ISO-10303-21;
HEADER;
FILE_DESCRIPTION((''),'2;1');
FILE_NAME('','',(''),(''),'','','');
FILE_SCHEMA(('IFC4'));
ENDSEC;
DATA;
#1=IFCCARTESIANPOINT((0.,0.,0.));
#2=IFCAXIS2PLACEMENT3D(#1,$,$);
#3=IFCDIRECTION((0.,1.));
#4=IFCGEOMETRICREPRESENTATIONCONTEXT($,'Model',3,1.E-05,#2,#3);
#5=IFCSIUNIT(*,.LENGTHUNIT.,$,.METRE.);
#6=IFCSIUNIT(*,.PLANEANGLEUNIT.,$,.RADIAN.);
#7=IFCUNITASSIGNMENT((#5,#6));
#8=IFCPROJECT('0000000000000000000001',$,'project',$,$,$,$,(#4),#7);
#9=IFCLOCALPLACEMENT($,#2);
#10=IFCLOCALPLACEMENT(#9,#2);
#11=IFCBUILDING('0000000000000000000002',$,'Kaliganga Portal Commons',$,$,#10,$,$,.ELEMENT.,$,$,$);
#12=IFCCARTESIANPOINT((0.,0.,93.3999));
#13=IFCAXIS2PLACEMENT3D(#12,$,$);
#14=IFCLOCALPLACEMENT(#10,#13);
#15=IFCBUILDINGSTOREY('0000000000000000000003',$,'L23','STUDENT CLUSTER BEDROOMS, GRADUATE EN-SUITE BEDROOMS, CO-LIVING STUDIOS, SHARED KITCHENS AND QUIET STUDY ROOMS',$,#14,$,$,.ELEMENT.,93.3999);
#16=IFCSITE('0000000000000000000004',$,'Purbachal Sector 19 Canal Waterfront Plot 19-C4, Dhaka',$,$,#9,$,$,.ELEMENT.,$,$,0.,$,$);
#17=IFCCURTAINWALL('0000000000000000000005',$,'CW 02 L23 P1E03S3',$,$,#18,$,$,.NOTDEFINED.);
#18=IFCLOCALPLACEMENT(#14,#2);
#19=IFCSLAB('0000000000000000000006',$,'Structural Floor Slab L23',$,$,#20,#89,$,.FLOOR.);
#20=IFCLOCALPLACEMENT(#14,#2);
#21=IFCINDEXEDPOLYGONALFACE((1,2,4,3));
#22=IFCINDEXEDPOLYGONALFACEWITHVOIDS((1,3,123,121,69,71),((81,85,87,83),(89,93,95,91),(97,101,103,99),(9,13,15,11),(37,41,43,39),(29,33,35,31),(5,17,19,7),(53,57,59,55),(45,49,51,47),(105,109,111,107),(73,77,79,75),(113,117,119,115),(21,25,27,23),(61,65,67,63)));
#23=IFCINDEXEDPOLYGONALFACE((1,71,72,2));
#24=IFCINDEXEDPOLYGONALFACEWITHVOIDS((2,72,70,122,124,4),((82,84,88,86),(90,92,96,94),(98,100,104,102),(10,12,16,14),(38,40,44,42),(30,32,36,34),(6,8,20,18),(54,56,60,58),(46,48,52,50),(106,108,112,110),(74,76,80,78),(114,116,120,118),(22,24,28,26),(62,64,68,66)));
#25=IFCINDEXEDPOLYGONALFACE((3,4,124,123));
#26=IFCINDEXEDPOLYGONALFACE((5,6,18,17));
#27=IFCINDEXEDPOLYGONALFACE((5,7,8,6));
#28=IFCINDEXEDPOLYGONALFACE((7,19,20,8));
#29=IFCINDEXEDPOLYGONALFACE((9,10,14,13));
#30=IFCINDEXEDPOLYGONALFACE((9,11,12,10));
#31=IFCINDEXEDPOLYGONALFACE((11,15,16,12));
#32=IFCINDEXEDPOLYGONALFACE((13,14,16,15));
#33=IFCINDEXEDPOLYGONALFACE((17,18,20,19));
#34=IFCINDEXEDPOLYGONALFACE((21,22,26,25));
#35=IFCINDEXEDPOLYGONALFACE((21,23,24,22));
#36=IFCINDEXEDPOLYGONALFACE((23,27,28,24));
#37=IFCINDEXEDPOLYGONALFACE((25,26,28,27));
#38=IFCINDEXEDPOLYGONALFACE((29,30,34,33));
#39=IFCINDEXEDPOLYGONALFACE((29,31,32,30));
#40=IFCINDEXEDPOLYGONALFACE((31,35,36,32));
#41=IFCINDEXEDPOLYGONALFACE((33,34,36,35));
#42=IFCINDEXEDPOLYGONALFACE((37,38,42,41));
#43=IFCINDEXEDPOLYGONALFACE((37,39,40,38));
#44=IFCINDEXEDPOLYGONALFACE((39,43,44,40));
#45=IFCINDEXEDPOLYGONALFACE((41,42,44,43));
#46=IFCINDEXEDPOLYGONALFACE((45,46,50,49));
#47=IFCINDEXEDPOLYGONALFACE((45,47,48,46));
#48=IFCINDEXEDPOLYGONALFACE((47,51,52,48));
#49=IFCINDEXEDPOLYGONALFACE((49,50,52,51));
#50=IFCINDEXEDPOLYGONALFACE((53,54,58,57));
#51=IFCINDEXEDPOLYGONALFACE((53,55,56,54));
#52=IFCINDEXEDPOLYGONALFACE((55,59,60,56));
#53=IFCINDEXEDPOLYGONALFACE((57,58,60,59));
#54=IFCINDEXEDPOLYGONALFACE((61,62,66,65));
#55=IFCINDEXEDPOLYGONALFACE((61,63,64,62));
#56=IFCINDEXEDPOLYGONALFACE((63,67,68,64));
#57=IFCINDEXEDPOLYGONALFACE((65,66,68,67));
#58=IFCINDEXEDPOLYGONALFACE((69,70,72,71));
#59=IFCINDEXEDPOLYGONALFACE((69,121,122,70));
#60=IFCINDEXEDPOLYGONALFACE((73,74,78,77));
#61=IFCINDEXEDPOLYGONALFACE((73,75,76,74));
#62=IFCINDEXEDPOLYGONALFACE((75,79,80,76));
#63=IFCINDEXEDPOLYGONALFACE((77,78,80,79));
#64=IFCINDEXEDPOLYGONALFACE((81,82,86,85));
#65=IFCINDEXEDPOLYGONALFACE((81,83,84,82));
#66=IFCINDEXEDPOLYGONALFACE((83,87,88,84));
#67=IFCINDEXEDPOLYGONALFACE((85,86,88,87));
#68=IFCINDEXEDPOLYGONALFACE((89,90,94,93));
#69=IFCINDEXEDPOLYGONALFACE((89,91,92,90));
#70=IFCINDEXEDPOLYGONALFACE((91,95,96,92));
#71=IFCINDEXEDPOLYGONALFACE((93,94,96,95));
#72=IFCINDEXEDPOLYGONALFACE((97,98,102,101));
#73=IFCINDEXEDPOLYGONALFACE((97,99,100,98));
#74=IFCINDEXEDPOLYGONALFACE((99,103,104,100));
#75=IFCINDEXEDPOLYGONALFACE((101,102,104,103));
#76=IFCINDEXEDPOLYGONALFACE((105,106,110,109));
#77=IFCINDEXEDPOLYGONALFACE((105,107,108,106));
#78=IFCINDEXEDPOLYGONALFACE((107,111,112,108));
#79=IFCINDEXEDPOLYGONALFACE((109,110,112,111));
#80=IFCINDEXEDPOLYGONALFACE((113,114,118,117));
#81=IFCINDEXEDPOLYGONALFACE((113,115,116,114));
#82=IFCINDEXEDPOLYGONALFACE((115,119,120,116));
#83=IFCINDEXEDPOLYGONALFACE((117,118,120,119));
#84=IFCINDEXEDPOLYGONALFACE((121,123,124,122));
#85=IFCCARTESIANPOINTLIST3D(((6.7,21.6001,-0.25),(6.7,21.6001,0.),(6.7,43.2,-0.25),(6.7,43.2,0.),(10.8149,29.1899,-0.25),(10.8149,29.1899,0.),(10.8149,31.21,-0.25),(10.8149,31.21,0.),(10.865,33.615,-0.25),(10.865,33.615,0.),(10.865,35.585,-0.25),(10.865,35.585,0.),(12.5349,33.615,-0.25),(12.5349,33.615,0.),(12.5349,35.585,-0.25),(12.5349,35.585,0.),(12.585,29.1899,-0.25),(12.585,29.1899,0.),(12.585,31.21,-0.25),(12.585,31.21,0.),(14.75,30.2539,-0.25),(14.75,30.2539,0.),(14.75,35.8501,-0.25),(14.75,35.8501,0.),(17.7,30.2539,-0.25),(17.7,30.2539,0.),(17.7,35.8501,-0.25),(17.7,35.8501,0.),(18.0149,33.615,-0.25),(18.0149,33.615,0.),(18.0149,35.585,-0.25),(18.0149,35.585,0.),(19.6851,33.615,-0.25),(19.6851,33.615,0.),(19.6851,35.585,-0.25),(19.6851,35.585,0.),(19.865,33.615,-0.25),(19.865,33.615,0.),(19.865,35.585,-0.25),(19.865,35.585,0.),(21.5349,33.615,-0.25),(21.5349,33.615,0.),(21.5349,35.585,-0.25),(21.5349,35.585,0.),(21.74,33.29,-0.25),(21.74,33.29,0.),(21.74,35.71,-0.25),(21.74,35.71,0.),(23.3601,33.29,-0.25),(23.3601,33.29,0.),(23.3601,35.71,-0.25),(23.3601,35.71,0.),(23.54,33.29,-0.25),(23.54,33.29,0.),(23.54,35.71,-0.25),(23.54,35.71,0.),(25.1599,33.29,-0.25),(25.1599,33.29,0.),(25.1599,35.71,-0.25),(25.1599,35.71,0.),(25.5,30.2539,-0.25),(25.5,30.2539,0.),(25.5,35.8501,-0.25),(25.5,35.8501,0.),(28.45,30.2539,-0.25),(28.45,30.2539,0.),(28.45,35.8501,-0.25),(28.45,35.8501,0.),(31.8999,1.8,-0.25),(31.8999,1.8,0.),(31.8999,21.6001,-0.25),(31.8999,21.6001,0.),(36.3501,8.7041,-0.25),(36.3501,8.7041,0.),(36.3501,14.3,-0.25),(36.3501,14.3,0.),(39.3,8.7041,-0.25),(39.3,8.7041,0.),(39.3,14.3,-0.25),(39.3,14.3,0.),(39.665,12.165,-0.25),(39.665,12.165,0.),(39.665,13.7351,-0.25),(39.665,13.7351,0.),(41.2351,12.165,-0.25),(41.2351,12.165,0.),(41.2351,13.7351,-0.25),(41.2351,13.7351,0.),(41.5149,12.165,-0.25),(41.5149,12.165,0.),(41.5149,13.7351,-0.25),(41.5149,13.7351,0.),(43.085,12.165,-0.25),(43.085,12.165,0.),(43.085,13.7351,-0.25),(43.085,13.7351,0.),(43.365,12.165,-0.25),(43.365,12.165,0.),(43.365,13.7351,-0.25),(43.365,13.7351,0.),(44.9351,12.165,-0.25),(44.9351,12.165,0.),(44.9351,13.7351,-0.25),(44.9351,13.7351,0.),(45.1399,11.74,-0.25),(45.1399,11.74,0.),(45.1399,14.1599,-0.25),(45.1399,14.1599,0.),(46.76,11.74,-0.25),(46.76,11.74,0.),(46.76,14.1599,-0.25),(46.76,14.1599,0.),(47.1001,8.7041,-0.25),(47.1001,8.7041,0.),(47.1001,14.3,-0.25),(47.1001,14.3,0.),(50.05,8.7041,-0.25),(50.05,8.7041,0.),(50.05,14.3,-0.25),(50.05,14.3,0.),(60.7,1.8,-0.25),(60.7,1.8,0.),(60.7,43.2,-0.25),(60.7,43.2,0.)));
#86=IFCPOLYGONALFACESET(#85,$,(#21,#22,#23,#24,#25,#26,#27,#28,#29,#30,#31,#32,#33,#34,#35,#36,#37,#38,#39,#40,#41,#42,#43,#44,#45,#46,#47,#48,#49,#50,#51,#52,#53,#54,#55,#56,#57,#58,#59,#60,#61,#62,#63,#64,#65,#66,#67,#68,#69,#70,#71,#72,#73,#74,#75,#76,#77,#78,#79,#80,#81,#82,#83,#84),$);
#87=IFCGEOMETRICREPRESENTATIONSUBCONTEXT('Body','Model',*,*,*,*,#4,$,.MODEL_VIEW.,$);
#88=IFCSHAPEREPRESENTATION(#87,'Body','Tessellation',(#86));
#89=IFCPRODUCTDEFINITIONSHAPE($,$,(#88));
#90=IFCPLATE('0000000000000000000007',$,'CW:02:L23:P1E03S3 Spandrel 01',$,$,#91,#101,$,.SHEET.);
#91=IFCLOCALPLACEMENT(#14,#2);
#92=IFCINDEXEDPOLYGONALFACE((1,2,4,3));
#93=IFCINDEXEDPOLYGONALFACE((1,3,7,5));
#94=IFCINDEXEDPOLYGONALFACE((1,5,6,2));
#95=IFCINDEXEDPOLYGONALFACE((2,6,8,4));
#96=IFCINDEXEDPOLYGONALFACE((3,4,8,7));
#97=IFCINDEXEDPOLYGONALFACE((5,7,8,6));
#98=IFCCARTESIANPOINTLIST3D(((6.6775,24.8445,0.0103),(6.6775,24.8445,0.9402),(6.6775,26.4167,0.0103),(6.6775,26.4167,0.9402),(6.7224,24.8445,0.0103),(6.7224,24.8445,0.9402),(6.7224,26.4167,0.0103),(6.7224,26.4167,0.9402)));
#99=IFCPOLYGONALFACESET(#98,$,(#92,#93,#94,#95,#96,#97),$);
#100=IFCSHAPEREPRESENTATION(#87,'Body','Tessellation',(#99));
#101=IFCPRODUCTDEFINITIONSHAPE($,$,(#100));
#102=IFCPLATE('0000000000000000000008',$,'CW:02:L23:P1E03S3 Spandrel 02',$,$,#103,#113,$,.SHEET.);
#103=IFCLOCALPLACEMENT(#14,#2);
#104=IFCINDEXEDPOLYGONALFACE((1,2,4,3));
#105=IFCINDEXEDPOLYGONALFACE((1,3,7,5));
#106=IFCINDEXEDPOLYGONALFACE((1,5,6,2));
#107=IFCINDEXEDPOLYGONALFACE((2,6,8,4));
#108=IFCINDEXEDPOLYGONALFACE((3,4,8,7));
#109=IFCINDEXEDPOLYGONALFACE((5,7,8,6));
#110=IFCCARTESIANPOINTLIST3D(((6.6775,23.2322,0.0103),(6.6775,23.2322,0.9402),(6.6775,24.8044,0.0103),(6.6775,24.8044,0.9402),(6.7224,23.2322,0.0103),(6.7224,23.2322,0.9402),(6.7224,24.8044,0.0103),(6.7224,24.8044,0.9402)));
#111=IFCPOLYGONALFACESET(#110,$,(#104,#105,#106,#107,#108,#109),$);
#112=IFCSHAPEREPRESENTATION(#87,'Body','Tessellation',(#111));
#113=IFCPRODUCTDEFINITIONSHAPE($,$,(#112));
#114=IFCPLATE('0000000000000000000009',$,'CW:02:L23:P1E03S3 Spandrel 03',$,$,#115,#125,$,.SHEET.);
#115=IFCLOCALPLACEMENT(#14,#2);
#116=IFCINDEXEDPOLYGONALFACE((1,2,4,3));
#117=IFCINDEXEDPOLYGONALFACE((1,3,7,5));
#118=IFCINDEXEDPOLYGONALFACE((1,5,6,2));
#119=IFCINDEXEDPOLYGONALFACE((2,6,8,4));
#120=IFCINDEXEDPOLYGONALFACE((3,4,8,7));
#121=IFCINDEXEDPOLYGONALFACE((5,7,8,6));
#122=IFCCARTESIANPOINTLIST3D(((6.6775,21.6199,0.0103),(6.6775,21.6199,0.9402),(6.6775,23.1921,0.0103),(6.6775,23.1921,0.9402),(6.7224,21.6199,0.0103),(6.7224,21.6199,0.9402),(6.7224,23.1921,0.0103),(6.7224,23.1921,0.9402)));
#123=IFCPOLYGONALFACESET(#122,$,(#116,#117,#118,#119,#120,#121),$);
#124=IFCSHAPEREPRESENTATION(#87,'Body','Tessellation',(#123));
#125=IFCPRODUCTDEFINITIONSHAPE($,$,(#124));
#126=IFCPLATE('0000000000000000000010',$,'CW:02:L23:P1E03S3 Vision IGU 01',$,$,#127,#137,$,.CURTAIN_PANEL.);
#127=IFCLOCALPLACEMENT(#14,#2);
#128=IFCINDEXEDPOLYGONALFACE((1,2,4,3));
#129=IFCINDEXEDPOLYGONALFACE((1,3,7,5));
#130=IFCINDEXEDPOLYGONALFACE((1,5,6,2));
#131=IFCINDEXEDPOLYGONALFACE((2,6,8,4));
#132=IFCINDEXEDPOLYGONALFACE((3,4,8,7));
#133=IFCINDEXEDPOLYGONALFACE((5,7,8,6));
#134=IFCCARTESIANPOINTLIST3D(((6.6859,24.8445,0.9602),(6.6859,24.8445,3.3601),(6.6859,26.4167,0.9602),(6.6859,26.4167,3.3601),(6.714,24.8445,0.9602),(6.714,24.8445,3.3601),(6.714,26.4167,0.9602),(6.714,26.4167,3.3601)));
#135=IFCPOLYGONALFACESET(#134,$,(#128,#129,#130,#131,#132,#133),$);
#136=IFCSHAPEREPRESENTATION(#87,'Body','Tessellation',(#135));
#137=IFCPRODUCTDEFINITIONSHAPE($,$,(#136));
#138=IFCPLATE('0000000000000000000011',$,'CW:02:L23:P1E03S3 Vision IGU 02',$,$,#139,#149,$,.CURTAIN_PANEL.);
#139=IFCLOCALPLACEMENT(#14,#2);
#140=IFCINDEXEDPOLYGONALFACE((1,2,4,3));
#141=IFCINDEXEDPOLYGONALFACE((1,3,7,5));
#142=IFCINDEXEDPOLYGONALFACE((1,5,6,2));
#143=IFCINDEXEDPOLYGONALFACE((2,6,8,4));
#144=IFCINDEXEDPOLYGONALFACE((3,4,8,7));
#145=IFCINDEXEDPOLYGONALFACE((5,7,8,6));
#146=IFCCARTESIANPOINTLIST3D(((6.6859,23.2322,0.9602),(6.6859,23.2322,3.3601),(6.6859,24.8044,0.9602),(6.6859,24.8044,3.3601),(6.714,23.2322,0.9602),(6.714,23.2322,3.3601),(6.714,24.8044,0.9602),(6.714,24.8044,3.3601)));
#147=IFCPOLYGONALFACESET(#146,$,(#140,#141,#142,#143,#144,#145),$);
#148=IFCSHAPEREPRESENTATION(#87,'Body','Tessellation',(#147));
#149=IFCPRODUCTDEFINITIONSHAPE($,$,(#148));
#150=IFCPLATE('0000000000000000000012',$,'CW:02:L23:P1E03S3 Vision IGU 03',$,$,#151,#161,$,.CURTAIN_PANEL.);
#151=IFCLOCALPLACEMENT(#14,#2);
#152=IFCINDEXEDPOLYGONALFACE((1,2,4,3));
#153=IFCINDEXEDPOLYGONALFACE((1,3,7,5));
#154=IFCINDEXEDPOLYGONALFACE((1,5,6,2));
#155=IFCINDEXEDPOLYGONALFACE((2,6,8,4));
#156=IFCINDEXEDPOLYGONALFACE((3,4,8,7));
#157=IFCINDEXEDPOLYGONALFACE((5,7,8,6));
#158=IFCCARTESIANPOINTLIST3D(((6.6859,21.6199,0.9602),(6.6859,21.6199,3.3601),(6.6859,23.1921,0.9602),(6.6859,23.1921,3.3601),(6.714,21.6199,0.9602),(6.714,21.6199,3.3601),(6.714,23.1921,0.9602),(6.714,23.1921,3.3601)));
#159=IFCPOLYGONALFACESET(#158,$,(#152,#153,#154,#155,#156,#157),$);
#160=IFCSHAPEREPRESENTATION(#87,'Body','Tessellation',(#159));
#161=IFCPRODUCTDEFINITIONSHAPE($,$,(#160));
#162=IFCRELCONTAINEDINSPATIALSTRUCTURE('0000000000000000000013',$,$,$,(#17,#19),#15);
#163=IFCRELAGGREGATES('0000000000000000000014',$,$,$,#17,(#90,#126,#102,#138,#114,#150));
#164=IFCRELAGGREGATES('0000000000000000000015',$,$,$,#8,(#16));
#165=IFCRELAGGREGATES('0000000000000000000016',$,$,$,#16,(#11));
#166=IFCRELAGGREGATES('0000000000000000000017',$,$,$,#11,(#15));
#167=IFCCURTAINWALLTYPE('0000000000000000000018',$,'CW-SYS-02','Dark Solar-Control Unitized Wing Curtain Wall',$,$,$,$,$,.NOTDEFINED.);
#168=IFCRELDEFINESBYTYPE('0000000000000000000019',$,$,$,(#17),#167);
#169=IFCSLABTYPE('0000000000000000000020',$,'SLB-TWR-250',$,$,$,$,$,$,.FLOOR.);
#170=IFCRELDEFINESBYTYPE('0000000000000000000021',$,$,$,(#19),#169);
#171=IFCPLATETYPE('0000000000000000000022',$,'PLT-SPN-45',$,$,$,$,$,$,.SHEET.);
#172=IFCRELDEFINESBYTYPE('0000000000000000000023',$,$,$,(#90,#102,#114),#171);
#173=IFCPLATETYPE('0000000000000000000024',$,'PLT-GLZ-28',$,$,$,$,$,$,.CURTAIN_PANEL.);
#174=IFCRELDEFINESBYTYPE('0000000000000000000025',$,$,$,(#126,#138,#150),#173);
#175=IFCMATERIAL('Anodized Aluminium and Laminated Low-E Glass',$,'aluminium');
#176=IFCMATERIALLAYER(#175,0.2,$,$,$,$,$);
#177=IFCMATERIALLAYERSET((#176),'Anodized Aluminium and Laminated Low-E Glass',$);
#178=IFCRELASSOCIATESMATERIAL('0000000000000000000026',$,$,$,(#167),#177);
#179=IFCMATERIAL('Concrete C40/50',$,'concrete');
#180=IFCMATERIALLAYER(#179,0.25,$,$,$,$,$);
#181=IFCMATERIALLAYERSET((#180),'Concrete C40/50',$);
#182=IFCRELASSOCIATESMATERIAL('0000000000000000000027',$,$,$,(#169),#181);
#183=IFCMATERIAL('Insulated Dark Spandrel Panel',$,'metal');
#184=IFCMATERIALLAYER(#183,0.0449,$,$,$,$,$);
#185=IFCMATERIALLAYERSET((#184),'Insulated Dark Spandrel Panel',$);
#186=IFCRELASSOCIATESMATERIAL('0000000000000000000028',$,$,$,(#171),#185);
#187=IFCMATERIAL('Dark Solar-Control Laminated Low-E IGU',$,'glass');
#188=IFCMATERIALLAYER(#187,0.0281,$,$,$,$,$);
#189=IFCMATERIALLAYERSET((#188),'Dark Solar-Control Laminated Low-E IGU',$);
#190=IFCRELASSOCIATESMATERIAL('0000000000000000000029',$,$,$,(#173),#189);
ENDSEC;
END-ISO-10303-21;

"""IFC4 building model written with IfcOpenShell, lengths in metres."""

from ifc_helpers import new_model, si_unit, direction, frame, origin, origin_2d, place, context, subcontext, project, spatial, polyline, rectangle, outline, extrude, source, transform, mapped, material, layer, layer_set, type_object, element, aggregate, save


model = new_model("IFC4")

# Units and contexts
model_context = context("Model", 3, precision=1e-05, world=origin(), true_north=direction((0.0, 1.0)))
body_context = subcontext(model_context, "Body", "Model", "MODEL_VIEW")
ifc_project = project(units=[si_unit("LENGTHUNIT", "METRE"), si_unit("PLANEANGLEUNIT", "RADIAN")], contexts=[model_context])

# Site, building, storey
site_placement = place(None, origin())
site = spatial("IfcSite", under=ifc_project, at=site_placement, Name="Purbachal Sector 19 Canal Waterfront Plot 19-C4, Dhaka", CompositionType="ELEMENT", RefElevation=0.0)
building_placement = place(site_placement, origin())
building = spatial("IfcBuilding", under=site, at=building_placement, Name="Kaliganga Portal Commons", CompositionType="ELEMENT")
storey_placement = place(building_placement, frame((0.0, 0.0, 93.3999)))
storey = spatial("IfcBuildingStorey", under=building, at=storey_placement, Name="L23", Description="STUDENT CLUSTER BEDROOMS, GRADUATE EN-SUITE BEDROOMS, CO-LIVING STUDIOS, SHARED KITCHENS AND QUIET STUDY ROOMS", CompositionType="ELEMENT", Elevation=93.3999)

# Curtain wall
ifc_material_1 = material(Name="Anodized Aluminium and Laminated Low-E Glass", Category="aluminium")
ifc_layer_1 = layer(ifc_material_1, 0.2)
ifc_layer_set_1 = layer_set([ifc_layer_1], Name="Anodized Aluminium and Laminated Low-E Glass")
curtain_wall_type = type_object("IfcCurtainWallType", Name="CW-SYS-02", Description="Dark Solar-Control Unitized Wing Curtain Wall", PredefinedType="NOTDEFINED", material=ifc_layer_set_1)
curtain_wall_placement = place(storey_placement, origin())
curtain_wall = element("IfcCurtainWall", 1, at=curtain_wall_placement, inside=storey, type_object=curtain_wall_type, Name="CW 02 L23 P1E03S3", PredefinedType="NOTDEFINED")

# Shared definitions
ifc_material_2 = material(Name="Concrete C40/50", Category="concrete")

# Slab
ifc_layer_2 = layer(ifc_material_2, 0.25)
ifc_layer_set_2 = layer_set([ifc_layer_2], Name="Concrete C40/50")
slab_type_1 = type_object("IfcSlabType", Name="SLB-TWR-250", PredefinedType="FLOOR", material=ifc_layer_set_2)
slab_1_placement = place(storey_placement, frame((0.0, 0.0, -0.25)))
element("IfcSlab", 2, at=slab_1_placement, inside=storey, type_object=slab_type_1, Name="Structural Floor Slab L23", PredefinedType="FLOOR", context=body_context, shape_type="SweptSolid", body=[
    extrude(outline(polyline([(31.8999, 1.8), (60.7, 1.8), (60.7, 43.2), (6.7, 43.2), (6.7, 21.6001), (31.8999, 21.6001), (31.8999, 1.8)]), holes=[polyline([(14.75, 30.2539), (14.75, 35.8501), (17.7, 35.8501), (17.7, 30.2539), (14.75, 30.2539)]), polyline([(25.5, 30.2539), (25.5, 35.8501), (28.45, 35.8501), (28.45, 30.2539), (25.5, 30.2539)]), polyline([(36.3501, 8.7041), (36.3501, 14.3), (39.3, 14.3), (39.3, 8.7041), (36.3501, 8.7041)]), polyline([(47.1001, 8.7041), (47.1001, 14.3), (50.05, 14.3), (50.05, 8.7041), (47.1001, 8.7041)]), polyline([(18.0149, 33.615), (18.0149, 35.585), (19.6851, 35.585), (19.6851, 33.615), (18.0149, 33.615)]), polyline([(19.865, 33.615), (19.865, 35.585), (21.5349, 35.585), (21.5349, 33.615), (19.865, 33.615)]), polyline([(10.8149, 29.1899), (10.8149, 31.21), (12.585, 31.21), (12.585, 29.1899), (10.8149, 29.1899)]), polyline([(10.865, 33.615), (10.865, 35.585), (12.5349, 35.585), (12.5349, 33.615), (10.865, 33.615)]), polyline([(21.74, 33.29), (21.74, 35.71), (23.3601, 35.71), (23.3601, 33.29), (21.74, 33.29)]), polyline([(23.54, 33.29), (23.54, 35.71), (25.1599, 35.71), (25.1599, 33.29), (23.54, 33.29)]), polyline([(39.665, 12.165), (39.665, 13.7351), (41.2351, 13.7351), (41.2351, 12.165), (39.665, 12.165)]), polyline([(41.5149, 12.165), (41.5149, 13.7351), (43.085, 13.7351), (43.085, 12.165), (41.5149, 12.165)]), polyline([(43.365, 12.165), (43.365, 13.7351), (44.9351, 13.7351), (44.9351, 12.165), (43.365, 12.165)]), polyline([(45.1399, 11.74), (45.1399, 14.1599), (46.76, 14.1599), (46.76, 11.74), (45.1399, 11.74)])]), origin(), (0.0, 0.0, 1.0), 0.25),
])

# Plates
ifc_material_3 = material(Name="Insulated Dark Spandrel Panel", Category="metal")
ifc_layer_3 = layer(ifc_material_3, 0.0449)
ifc_layer_set_3 = layer_set([ifc_layer_3], Name="Insulated Dark Spandrel Panel")
plate_type_1 = type_object("IfcPlateType", Name="PLT-SPN-45", PredefinedType="SHEET", material=ifc_layer_set_3)
shared_shape_1 = source(origin(), body_context, "Body", "SweptSolid", [
    extrude(rectangle(XDim=1.5723, YDim=0.0449, at=origin_2d()), origin(), (0.0, 0.0, 1.0), 0.9299),
])
plate_1_placement = place(storey_placement, frame((6.7, 25.6306, 0.0103), z_axis=(0.0, 0.0, 1.0), x_axis=(0.0, -1.0, 0.0)))
plate_1 = element("IfcPlate", 3, at=plate_1_placement, type_object=plate_type_1, Name="CW:02:L23:P1E03S3 Spandrel 01", PredefinedType="SHEET", context=body_context, shape_type="MappedRepresentation", body=[
    mapped(shared_shape_1, transform((0.0, 0.0, 0.0), x_axis=(1.0, 0.0, 0.0), y_axis=(0.0, 1.0, 0.0), z_axis=(0.0, 0.0, 1.0), scale=1.0)),
])
plate_2_placement = place(storey_placement, frame((6.7, 24.0183, 0.0103), z_axis=(0.0, 0.0, 1.0), x_axis=(0.0, -1.0, 0.0)))
plate_2 = element("IfcPlate", 4, at=plate_2_placement, type_object=plate_type_1, Name="CW:02:L23:P1E03S3 Spandrel 02", PredefinedType="SHEET", context=body_context, shape_type="MappedRepresentation", body=[
    mapped(shared_shape_1, transform((0.0, 0.0, 0.0), x_axis=(1.0, 0.0, 0.0), y_axis=(0.0, 1.0, 0.0), z_axis=(0.0, 0.0, 1.0), scale=1.0)),
])
plate_3_placement = place(storey_placement, frame((6.7, 22.406, 0.0103), z_axis=(0.0, 0.0, 1.0), x_axis=(0.0, -1.0, 0.0)))
plate_3 = element("IfcPlate", 5, at=plate_3_placement, type_object=plate_type_1, Name="CW:02:L23:P1E03S3 Spandrel 03", PredefinedType="SHEET", context=body_context, shape_type="MappedRepresentation", body=[
    mapped(shared_shape_1, transform((0.0, 0.0, 0.0), x_axis=(1.0, 0.0, 0.0), y_axis=(0.0, 1.0, 0.0), z_axis=(0.0, 0.0, 1.0), scale=1.0)),
])
ifc_material_4 = material(Name="Dark Solar-Control Laminated Low-E IGU", Category="glass")
ifc_layer_4 = layer(ifc_material_4, 0.0281)
ifc_layer_set_4 = layer_set([ifc_layer_4], Name="Dark Solar-Control Laminated Low-E IGU")
plate_type_2 = type_object("IfcPlateType", Name="PLT-GLZ-28", PredefinedType="CURTAIN_PANEL", material=ifc_layer_set_4)
shared_shape_2 = source(origin(), body_context, "Body", "SweptSolid", [
    extrude(rectangle(XDim=1.5723, YDim=0.0281, at=origin_2d()), origin(), (0.0, 0.0, 1.0), 2.3999),
])
plate_4_placement = place(storey_placement, frame((6.7, 25.6306, 0.9602), z_axis=(0.0, 0.0, 1.0), x_axis=(0.0, -1.0, 0.0)))
plate_4 = element("IfcPlate", 6, at=plate_4_placement, type_object=plate_type_2, Name="CW:02:L23:P1E03S3 Vision IGU 01", PredefinedType="CURTAIN_PANEL", context=body_context, shape_type="MappedRepresentation", body=[
    mapped(shared_shape_2, transform((0.0, 0.0, 0.0), x_axis=(1.0, 0.0, 0.0), y_axis=(0.0, 1.0, 0.0), z_axis=(0.0, 0.0, 1.0), scale=1.0)),
])
plate_5_placement = place(storey_placement, frame((6.7, 24.0183, 0.9602), z_axis=(0.0, 0.0, 1.0), x_axis=(0.0, -1.0, 0.0)))
plate_5 = element("IfcPlate", 7, at=plate_5_placement, type_object=plate_type_2, Name="CW:02:L23:P1E03S3 Vision IGU 02", PredefinedType="CURTAIN_PANEL", context=body_context, shape_type="MappedRepresentation", body=[
    mapped(shared_shape_2, transform((0.0, 0.0, 0.0), x_axis=(1.0, 0.0, 0.0), y_axis=(0.0, 1.0, 0.0), z_axis=(0.0, 0.0, 1.0), scale=1.0)),
])
plate_6_placement = place(storey_placement, frame((6.7, 22.406, 0.9602), z_axis=(0.0, 0.0, 1.0), x_axis=(0.0, -1.0, 0.0)))
plate_6 = element("IfcPlate", 8, at=plate_6_placement, type_object=plate_type_2, Name="CW:02:L23:P1E03S3 Vision IGU 03", PredefinedType="CURTAIN_PANEL", context=body_context, shape_type="MappedRepresentation", body=[
    mapped(shared_shape_2, transform((0.0, 0.0, 0.0), x_axis=(1.0, 0.0, 0.0), y_axis=(0.0, 1.0, 0.0), z_axis=(0.0, 0.0, 1.0), scale=1.0)),
])
aggregate(curtain_wall, [plate_1, plate_4, plate_2, plate_5, plate_3, plate_6])

save(model, "model.ifc")
